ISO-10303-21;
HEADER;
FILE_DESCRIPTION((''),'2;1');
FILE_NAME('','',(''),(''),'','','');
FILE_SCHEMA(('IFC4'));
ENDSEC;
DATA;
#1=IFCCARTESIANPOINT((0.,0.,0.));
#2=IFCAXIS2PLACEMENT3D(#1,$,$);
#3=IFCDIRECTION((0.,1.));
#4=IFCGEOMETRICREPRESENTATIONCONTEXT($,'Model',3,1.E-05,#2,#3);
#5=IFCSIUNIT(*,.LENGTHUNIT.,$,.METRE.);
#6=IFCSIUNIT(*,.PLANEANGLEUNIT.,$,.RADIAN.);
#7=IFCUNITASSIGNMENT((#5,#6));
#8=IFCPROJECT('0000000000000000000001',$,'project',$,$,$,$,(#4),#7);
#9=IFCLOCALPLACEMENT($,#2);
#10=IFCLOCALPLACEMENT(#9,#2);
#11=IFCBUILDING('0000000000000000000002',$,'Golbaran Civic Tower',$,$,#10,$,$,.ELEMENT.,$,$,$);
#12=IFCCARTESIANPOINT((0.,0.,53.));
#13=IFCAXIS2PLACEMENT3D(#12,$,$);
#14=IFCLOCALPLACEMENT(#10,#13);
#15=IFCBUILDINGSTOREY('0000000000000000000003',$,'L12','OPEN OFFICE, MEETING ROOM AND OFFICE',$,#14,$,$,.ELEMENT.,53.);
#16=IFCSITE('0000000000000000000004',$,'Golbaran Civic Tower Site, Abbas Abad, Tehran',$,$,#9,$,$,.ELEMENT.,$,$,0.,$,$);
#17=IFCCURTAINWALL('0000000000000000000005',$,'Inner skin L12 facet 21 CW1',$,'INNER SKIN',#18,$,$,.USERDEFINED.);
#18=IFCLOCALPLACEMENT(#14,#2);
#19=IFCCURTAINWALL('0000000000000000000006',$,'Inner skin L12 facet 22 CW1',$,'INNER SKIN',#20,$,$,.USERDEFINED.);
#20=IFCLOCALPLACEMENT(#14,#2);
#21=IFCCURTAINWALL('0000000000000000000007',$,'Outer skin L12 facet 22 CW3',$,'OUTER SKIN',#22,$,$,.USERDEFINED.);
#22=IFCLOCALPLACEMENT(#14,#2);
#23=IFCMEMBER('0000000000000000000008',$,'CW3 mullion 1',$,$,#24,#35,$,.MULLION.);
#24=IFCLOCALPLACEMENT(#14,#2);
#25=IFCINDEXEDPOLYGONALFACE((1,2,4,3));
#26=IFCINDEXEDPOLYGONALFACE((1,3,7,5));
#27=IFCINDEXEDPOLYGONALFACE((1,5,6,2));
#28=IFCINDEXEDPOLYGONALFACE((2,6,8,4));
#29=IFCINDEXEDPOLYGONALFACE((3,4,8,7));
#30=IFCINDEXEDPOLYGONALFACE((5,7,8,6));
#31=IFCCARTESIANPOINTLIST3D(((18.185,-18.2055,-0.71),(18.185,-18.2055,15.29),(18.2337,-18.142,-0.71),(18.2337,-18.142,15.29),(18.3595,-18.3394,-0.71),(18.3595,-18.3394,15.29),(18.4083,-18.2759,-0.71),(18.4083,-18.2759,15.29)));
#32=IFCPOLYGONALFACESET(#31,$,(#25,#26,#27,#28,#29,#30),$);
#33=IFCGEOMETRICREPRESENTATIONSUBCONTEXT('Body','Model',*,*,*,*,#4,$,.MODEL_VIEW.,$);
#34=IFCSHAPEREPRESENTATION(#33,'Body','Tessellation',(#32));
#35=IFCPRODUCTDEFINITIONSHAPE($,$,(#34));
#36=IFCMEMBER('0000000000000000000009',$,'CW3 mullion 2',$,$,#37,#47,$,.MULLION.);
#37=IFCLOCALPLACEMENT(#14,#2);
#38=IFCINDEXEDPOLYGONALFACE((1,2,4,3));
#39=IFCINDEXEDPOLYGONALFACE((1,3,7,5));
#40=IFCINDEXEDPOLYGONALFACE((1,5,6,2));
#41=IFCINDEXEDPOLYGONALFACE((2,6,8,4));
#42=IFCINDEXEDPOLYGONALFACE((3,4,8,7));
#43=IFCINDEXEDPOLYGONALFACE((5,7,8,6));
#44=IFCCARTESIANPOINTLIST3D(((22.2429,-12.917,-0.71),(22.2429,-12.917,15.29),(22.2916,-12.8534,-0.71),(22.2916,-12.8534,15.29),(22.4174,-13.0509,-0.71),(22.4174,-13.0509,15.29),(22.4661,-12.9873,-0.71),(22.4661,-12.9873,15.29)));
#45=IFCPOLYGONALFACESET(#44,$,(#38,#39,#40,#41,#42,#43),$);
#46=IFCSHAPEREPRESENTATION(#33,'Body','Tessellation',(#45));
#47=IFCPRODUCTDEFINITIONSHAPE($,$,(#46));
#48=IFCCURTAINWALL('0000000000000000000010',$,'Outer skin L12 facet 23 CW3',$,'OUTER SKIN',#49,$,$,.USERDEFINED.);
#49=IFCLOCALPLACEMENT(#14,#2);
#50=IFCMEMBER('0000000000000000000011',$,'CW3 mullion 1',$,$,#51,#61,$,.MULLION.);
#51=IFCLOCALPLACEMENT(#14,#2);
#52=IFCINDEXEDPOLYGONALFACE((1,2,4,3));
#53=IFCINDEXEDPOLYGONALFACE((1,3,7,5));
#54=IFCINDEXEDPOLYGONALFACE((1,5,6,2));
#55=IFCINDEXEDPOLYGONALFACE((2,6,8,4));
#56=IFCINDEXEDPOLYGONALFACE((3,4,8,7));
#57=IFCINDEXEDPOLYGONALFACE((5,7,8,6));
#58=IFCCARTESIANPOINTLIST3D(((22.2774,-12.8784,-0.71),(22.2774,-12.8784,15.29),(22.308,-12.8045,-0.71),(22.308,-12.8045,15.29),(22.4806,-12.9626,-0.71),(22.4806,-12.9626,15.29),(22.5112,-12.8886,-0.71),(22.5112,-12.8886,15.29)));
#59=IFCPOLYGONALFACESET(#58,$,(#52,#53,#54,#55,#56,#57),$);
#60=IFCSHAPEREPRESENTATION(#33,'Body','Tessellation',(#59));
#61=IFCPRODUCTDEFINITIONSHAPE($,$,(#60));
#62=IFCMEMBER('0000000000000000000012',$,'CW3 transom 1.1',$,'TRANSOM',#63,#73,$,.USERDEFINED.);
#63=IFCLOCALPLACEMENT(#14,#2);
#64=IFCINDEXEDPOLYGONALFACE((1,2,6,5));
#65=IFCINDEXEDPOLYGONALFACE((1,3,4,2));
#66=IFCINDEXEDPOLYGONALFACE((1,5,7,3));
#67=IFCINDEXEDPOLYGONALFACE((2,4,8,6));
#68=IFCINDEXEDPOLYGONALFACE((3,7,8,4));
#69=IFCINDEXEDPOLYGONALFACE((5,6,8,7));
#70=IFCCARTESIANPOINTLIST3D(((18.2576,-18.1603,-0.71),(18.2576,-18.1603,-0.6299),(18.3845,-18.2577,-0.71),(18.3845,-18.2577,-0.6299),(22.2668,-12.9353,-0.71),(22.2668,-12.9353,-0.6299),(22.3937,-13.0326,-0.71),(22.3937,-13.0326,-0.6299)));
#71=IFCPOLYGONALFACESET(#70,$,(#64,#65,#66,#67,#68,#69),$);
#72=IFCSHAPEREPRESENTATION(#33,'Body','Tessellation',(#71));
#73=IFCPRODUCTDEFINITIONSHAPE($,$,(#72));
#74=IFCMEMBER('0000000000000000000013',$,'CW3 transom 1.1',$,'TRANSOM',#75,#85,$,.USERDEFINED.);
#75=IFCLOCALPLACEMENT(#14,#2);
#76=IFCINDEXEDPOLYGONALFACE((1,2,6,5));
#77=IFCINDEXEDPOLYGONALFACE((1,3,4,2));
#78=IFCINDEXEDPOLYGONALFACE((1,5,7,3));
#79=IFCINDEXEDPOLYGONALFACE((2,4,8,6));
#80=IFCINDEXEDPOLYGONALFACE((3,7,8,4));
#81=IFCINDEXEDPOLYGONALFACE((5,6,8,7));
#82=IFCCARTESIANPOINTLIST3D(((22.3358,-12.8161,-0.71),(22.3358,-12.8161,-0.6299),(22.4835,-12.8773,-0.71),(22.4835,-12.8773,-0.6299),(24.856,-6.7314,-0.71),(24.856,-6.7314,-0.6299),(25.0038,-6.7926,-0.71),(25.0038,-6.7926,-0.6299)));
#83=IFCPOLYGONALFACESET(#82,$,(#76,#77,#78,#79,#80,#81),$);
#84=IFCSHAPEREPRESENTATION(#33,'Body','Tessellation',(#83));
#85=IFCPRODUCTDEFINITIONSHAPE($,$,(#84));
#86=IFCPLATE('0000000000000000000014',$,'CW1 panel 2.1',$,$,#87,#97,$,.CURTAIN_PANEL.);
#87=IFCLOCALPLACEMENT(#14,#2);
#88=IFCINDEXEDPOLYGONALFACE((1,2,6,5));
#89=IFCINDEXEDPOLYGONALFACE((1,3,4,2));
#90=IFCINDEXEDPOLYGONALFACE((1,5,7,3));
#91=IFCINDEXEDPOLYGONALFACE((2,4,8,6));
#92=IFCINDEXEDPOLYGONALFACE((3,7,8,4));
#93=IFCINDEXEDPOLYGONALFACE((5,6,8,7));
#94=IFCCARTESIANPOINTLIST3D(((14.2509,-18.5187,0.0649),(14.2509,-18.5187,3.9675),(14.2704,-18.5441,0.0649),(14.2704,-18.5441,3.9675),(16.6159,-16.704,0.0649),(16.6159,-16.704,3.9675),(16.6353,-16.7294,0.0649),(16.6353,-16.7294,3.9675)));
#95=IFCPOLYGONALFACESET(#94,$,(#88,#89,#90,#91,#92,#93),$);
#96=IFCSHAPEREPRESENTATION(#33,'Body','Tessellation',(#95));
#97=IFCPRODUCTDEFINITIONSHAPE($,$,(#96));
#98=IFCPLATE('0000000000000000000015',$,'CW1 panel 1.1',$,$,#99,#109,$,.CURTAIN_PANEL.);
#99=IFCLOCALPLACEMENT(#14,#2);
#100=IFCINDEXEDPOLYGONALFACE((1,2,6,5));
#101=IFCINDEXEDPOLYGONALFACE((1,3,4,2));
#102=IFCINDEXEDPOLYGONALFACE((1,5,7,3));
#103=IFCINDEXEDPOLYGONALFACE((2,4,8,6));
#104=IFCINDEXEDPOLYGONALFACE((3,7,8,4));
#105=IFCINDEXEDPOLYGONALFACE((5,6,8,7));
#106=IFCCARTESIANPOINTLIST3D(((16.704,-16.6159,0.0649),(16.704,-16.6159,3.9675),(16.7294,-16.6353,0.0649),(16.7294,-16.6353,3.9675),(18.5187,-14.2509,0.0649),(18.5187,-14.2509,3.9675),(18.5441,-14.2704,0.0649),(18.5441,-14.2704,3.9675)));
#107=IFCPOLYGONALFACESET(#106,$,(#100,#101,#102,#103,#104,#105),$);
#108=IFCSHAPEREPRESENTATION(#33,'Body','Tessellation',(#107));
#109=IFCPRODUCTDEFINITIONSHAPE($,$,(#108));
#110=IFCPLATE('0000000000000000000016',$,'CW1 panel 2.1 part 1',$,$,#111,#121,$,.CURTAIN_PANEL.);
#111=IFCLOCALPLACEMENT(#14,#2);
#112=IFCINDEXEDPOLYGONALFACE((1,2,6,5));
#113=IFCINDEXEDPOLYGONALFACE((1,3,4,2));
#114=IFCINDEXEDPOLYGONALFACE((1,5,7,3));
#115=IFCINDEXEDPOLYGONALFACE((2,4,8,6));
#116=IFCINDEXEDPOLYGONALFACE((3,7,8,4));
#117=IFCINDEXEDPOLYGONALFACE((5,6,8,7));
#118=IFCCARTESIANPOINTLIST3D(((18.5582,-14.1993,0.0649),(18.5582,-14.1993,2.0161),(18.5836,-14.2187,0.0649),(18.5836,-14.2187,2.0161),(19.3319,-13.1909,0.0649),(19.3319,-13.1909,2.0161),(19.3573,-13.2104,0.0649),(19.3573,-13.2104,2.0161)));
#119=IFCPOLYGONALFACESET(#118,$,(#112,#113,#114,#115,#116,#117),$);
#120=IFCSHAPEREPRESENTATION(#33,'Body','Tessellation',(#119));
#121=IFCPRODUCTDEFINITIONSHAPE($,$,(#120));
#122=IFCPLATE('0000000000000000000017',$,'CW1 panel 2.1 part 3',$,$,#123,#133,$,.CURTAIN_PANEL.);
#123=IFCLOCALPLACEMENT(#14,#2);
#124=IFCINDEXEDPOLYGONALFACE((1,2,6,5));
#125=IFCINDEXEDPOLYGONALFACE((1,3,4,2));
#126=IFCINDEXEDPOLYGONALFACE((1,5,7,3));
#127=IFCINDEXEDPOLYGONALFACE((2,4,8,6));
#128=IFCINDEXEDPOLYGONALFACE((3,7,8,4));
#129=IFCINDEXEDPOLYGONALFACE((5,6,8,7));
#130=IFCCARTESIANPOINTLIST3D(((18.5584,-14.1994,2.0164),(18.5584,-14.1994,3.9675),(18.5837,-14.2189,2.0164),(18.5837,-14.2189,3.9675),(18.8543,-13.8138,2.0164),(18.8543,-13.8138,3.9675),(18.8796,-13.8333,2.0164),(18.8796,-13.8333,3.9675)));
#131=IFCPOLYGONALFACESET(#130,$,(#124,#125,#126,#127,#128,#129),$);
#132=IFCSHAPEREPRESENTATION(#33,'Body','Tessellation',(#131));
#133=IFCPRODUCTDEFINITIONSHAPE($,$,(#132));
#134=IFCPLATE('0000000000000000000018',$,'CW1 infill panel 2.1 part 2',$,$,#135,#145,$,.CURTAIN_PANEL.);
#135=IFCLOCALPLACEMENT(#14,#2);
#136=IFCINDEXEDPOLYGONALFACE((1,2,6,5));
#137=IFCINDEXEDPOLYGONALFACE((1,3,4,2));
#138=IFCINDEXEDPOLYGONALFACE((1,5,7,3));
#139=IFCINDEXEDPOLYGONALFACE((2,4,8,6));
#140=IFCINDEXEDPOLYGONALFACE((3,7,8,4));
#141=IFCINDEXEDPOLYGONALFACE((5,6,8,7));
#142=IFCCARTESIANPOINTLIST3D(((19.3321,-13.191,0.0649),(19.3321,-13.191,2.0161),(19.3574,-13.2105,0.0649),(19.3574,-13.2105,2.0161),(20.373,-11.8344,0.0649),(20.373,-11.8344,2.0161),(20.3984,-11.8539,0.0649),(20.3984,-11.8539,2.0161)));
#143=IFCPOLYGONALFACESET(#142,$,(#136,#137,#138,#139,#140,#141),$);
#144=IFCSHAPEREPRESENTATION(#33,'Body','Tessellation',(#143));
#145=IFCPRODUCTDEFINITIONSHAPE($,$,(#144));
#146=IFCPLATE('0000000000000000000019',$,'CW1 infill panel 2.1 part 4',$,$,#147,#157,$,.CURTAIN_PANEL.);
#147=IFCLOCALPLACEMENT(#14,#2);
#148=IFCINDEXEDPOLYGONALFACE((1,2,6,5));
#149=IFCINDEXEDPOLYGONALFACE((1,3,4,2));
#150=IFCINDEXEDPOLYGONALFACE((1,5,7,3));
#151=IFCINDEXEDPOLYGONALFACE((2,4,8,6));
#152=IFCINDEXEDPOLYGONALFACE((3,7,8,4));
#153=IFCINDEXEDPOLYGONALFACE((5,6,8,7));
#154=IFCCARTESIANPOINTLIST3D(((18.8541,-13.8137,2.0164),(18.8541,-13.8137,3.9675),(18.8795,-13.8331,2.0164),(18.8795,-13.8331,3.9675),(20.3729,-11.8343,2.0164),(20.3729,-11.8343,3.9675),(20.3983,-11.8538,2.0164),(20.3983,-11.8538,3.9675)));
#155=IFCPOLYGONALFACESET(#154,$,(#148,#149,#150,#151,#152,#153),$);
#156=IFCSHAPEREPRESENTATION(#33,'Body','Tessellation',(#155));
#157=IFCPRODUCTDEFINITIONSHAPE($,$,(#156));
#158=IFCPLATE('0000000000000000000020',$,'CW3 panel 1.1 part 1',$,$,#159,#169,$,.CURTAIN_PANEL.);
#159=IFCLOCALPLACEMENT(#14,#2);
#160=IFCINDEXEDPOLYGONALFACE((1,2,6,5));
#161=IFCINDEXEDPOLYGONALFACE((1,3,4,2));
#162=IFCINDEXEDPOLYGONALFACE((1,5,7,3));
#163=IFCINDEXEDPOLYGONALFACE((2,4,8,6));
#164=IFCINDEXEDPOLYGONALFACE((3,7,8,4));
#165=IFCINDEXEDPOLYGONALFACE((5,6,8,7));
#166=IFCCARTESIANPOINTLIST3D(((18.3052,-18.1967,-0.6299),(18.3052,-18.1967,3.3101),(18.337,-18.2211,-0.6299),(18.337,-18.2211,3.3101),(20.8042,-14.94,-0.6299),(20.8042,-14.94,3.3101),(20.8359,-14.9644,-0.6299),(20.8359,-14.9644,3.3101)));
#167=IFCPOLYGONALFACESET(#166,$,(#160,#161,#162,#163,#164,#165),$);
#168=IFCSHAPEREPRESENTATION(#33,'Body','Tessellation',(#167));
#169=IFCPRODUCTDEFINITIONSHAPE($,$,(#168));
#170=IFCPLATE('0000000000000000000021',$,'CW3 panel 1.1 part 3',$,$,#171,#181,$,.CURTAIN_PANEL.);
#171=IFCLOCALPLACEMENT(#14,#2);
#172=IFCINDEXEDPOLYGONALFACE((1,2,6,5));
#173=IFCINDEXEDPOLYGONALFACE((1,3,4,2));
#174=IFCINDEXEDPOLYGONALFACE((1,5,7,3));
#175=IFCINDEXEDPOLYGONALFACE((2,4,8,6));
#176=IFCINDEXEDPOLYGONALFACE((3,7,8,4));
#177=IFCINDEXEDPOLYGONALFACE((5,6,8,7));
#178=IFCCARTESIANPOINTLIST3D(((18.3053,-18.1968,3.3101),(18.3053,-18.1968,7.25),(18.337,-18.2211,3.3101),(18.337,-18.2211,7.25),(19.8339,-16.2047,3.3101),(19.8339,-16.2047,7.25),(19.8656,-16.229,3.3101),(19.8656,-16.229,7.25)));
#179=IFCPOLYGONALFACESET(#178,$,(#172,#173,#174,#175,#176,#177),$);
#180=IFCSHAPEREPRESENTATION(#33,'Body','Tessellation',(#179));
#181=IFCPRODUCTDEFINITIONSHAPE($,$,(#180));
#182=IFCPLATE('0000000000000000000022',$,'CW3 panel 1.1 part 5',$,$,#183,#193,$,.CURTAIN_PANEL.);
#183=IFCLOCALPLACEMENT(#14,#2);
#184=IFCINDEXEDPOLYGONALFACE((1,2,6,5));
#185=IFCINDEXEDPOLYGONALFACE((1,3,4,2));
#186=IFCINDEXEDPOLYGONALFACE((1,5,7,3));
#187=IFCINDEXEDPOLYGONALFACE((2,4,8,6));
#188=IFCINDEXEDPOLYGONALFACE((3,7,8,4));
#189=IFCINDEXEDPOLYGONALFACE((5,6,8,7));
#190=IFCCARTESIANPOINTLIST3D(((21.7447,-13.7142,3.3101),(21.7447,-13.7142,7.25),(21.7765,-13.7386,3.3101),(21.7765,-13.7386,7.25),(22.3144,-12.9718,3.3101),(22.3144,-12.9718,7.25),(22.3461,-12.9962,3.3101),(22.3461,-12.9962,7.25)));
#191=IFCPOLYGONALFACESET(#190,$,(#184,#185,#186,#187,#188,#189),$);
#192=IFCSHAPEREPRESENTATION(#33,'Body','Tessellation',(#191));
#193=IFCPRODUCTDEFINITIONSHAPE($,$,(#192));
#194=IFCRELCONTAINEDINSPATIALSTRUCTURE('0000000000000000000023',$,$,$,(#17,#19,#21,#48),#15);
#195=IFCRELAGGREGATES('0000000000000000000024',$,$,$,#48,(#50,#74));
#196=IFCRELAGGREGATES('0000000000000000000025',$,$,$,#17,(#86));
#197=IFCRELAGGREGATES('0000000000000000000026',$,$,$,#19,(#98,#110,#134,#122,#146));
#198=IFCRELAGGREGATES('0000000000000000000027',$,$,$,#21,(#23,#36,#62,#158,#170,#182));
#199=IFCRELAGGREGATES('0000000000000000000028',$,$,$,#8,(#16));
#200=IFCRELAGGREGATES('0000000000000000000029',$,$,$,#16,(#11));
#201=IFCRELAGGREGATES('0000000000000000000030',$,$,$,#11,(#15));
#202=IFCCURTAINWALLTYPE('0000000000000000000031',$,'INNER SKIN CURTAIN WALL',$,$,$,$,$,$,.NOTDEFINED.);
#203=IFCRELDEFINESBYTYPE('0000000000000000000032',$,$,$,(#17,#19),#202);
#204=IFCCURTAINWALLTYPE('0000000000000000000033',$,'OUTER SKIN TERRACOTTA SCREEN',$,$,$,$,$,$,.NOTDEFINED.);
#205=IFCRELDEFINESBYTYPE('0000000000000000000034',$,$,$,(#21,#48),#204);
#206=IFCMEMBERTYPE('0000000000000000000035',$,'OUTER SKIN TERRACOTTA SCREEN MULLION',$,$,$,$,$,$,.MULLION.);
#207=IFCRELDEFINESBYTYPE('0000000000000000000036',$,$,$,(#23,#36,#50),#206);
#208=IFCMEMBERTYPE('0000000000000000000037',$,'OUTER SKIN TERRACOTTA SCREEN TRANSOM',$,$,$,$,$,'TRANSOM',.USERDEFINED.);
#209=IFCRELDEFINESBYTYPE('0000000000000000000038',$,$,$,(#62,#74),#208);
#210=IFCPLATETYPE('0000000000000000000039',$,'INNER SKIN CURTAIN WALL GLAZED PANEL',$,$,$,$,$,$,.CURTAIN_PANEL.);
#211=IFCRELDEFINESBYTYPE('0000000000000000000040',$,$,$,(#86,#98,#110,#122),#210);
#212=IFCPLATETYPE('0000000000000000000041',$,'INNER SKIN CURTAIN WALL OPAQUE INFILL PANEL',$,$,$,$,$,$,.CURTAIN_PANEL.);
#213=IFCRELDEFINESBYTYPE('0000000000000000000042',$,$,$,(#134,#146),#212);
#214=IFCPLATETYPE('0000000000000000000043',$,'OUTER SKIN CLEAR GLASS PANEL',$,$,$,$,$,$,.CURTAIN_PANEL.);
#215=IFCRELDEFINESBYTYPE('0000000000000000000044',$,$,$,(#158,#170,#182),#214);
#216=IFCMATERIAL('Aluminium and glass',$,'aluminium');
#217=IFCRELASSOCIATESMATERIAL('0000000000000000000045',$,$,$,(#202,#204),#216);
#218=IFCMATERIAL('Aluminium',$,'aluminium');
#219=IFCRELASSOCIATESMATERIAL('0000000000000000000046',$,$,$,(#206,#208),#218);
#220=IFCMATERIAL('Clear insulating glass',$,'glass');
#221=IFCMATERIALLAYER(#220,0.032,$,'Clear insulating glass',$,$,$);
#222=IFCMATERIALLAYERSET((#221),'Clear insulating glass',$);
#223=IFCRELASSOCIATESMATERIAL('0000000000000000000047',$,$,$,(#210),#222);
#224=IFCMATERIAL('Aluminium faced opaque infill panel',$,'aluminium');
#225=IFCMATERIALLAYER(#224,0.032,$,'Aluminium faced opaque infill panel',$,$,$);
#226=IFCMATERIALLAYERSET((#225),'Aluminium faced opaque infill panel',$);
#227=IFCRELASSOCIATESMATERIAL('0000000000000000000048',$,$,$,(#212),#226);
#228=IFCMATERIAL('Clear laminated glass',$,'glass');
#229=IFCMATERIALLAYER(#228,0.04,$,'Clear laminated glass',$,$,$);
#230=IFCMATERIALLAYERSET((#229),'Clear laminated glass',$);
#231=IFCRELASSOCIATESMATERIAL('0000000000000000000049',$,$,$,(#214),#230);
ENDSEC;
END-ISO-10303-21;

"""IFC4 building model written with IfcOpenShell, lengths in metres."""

from ifc_helpers import new_model, si_unit, direction, frame, origin, origin_2d, place, context, subcontext, project, spatial, rectangle, extrude, material, layer, layer_set, material_profile, profile_set, type_object, element, aggregate, save


model = new_model("IFC4")

# Units and contexts
model_context = context("Model", 3, precision=1e-05, world=origin(), true_north=direction((0.0, 1.0)))
body_context = subcontext(model_context, "Body", "Model", "MODEL_VIEW")
ifc_project = project(units=[si_unit("LENGTHUNIT", "METRE"), si_unit("PLANEANGLEUNIT", "RADIAN")], contexts=[model_context])

# Site, building, storey
site_placement = place(None, origin())
site = spatial("IfcSite", under=ifc_project, at=site_placement, Name="Golbaran Civic Tower Site, Abbas Abad, Tehran", CompositionType="ELEMENT", RefElevation=0.0)
building_placement = place(site_placement, origin())
building = spatial("IfcBuilding", under=site, at=building_placement, Name="Golbaran Civic Tower", CompositionType="ELEMENT")
storey_placement = place(building_placement, frame((0.0, 0.0, 53.0)))
storey = spatial("IfcBuildingStorey", under=building, at=storey_placement, Name="L12", Description="OPEN OFFICE, MEETING ROOM AND OFFICE", CompositionType="ELEMENT", Elevation=53.0)

# Curtain wall
ifc_material_1 = material(Name="Aluminium and glass", Category="aluminium")
curtain_wall_type_1 = type_object("IfcCurtainWallType", Name="INNER SKIN CURTAIN WALL", PredefinedType="NOTDEFINED", material=ifc_material_1)
curtain_wall_1_placement = place(storey_placement, origin())
curtain_wall_1 = element("IfcCurtainWall", 1, at=curtain_wall_1_placement, inside=storey, type_object=curtain_wall_type_1, Name="Inner skin L12 facet 21 CW1", ObjectType="INNER SKIN", PredefinedType="USERDEFINED")
ifc_material_2 = material(Name="Aluminium", Category="aluminium")

# Curtain wall
curtain_wall_2_placement = place(storey_placement, origin())
curtain_wall_2 = element("IfcCurtainWall", 2, at=curtain_wall_2_placement, inside=storey, type_object=curtain_wall_type_1, Name="Inner skin L12 facet 22 CW1", ObjectType="INNER SKIN", PredefinedType="USERDEFINED")

# Shared definitions
curtain_wall_type_2 = type_object("IfcCurtainWallType", Name="OUTER SKIN TERRACOTTA SCREEN", PredefinedType="NOTDEFINED", material=ifc_material_1)
ifc_material_profile_1 = material_profile(ifc_material_2, rectangle(XDim=0.22, YDim=0.0801, at=origin_2d()), Name="OUTER SKIN TERRACOTTA SCREEN MULLION")
ifc_profile_set_1 = profile_set([ifc_material_profile_1], Name="Aluminium")
member_type_1 = type_object("IfcMemberType", Name="OUTER SKIN TERRACOTTA SCREEN MULLION", PredefinedType="MULLION", material=ifc_profile_set_1)

# Curtain wall, members
curtain_wall_3_placement = place(storey_placement, origin())
curtain_wall_3 = element("IfcCurtainWall", 3, at=curtain_wall_3_placement, inside=storey, type_object=curtain_wall_type_2, Name="Outer skin L12 facet 22 CW3", ObjectType="OUTER SKIN", PredefinedType="USERDEFINED")
member_1_placement = place(storey_placement, frame((18.2966, -18.2407, -0.71), z_axis=(0.0, 0.0, 1.0), x_axis=(-0.793353, 0.608761, 0.0)))
member_1 = element("IfcMember", 4, at=member_1_placement, type_object=member_type_1, Name="CW3 mullion 1", PredefinedType="MULLION", context=body_context, shape_type="SweptSolid", body=[
    extrude(rectangle(XDim=0.22, YDim=0.0801, at=origin_2d()), origin(), (0.0, 0.0, 1.0), 16.0),
])
member_2_placement = place(storey_placement, frame((22.3545, -12.9521, -0.71), z_axis=(0.0, 0.0, 1.0), x_axis=(-0.793353, 0.608761, 0.0)))
member_2 = element("IfcMember", 5, at=member_2_placement, type_object=member_type_1, Name="CW3 mullion 2", PredefinedType="MULLION", context=body_context, shape_type="SweptSolid", body=[
    extrude(rectangle(XDim=0.22, YDim=0.0801, at=origin_2d()), origin(), (0.0, 0.0, 1.0), 16.0),
])

# Curtain wall, member
curtain_wall_4_placement = place(storey_placement, origin())
curtain_wall_4 = element("IfcCurtainWall", 6, at=curtain_wall_4_placement, inside=storey, type_object=curtain_wall_type_2, Name="Outer skin L12 facet 23 CW3", ObjectType="OUTER SKIN", PredefinedType="USERDEFINED")
member_3_placement = place(storey_placement, frame((22.3943, -12.8835, -0.71), z_axis=(0.0, 0.0, 1.0), x_axis=(-0.92388, 0.382683, 0.0)))
member_3 = element("IfcMember", 7, at=member_3_placement, type_object=member_type_1, Name="CW3 mullion 1", PredefinedType="MULLION", context=body_context, shape_type="SweptSolid", body=[
    extrude(rectangle(XDim=0.22, YDim=0.0801, at=origin_2d()), origin(), (0.0, 0.0, 1.0), 16.0),
])

# Members
ifc_material_profile_2 = material_profile(ifc_material_2, rectangle(XDim=0.1599, YDim=0.0801, at=origin_2d()), Name="OUTER SKIN TERRACOTTA SCREEN TRANSOM")
ifc_profile_set_2 = profile_set([ifc_material_profile_2], Name="Aluminium")
member_type_2 = type_object("IfcMemberType", Name="OUTER SKIN TERRACOTTA SCREEN TRANSOM", ElementType="TRANSOM", PredefinedType="USERDEFINED", material=ifc_profile_set_2)
member_4_placement = place(storey_placement, frame((18.321, -18.209, -0.6699), z_axis=(0.608754, 0.793359, 0.0), x_axis=(-0.793359, 0.608754, 0.0)))
member_4 = element("IfcMember", 8, at=member_4_placement, type_object=member_type_2, Name="CW3 transom 1.1", ObjectType="TRANSOM", PredefinedType="USERDEFINED", context=body_context, shape_type="SweptSolid", body=[
    extrude(rectangle(XDim=0.1599, YDim=0.0801, at=origin_2d()), origin(), (0.0, 0.0, 1.0), 6.5859),
])
member_5_placement = place(storey_placement, frame((22.4097, -12.8467, -0.6699), z_axis=(0.382669, 0.923885, 0.0), x_axis=(-0.923885, 0.382669, 0.0)))
member_5 = element("IfcMember", 9, at=member_5_placement, type_object=member_type_2, Name="CW3 transom 1.1", ObjectType="TRANSOM", PredefinedType="USERDEFINED", context=body_context, shape_type="SweptSolid", body=[
    extrude(rectangle(XDim=0.1599, YDim=0.0801, at=origin_2d()), origin(), (0.0, 0.0, 1.0), 6.5859),
])
aggregate(curtain_wall_4, [member_3, member_5])

# Plates
ifc_material_3 = material(Name="Clear insulating glass", Category="glass")
ifc_layer_1 = layer(ifc_material_3, 0.032, Name="Clear insulating glass")
ifc_layer_set_1 = layer_set([ifc_layer_1], Name="Clear insulating glass")
plate_type_1 = type_object("IfcPlateType", Name="INNER SKIN CURTAIN WALL GLAZED PANEL", PredefinedType="CURTAIN_PANEL", material=ifc_layer_set_1)
plate_1_placement = place(storey_placement, frame((15.4431, -17.624, 0.0649), z_axis=(0.0, 0.0, 1.0), x_axis=(0.793353, 0.608761, 0.0)))
plate_1 = element("IfcPlate", 10, at=plate_1_placement, type_object=plate_type_1, Name="CW1 panel 2.1", PredefinedType="CURTAIN_PANEL", context=body_context, shape_type="SweptSolid", body=[
    extrude(rectangle(XDim=2.981, YDim=0.032, at=origin_2d()), origin(), (0.0, 0.0, 1.0), 3.9026),
])
aggregate(curtain_wall_1, [plate_1])
plate_2_placement = place(storey_placement, frame((17.624, -15.4431, 0.0649), z_axis=(0.0, 0.0, 1.0), x_axis=(0.608761, 0.793353, 0.0)))
plate_2 = element("IfcPlate", 11, at=plate_2_placement, type_object=plate_type_1, Name="CW1 panel 1.1", PredefinedType="CURTAIN_PANEL", context=body_context, shape_type="SweptSolid", body=[
    extrude(rectangle(XDim=2.981, YDim=0.032, at=origin_2d()), origin(), (0.0, 0.0, 1.0), 3.9026),
])
plate_3_placement = place(storey_placement, frame((18.9578, -13.7048, 0.0649), z_axis=(0.0, 0.0, 1.0), x_axis=(0.608761, 0.793353, 0.0)))
plate_3 = element("IfcPlate", 12, at=plate_3_placement, type_object=plate_type_1, Name="CW1 panel 2.1 part 1", PredefinedType="CURTAIN_PANEL", context=body_context, shape_type="SweptSolid", body=[
    extrude(rectangle(XDim=1.271, YDim=0.032, at=origin_2d()), origin(), (0.0, 0.0, 1.0), 1.9512),
])
plate_4_placement = place(storey_placement, frame((18.719, -14.0164, 2.0164), z_axis=(0.0, 0.0, 1.0), x_axis=(0.608761, 0.793353, 0.0)))
plate_4 = element("IfcPlate", 13, at=plate_4_placement, type_object=plate_type_1, Name="CW1 panel 2.1 part 3", PredefinedType="CURTAIN_PANEL", context=body_context, shape_type="SweptSolid", body=[
    extrude(rectangle(XDim=0.4861, YDim=0.032, at=origin_2d()), origin(), (0.0, 0.0, 1.0), 1.9512),
])
ifc_material_4 = material(Name="Aluminium faced opaque infill panel", Category="aluminium")
ifc_layer_2 = layer(ifc_material_4, 0.032, Name="Aluminium faced opaque infill panel")
ifc_layer_set_2 = layer_set([ifc_layer_2], Name="Aluminium faced opaque infill panel")
plate_type_2 = type_object("IfcPlateType", Name="INNER SKIN CURTAIN WALL OPAQUE INFILL PANEL", PredefinedType="CURTAIN_PANEL", material=ifc_layer_set_2)
plate_5_placement = place(storey_placement, frame((19.8652, -12.5225, 0.0649), z_axis=(0.0, 0.0, 1.0), x_axis=(0.608761, 0.793353, 0.0)))
plate_5 = element("IfcPlate", 14, at=plate_5_placement, type_object=plate_type_2, Name="CW1 infill panel 2.1 part 2", PredefinedType="CURTAIN_PANEL", context=body_context, shape_type="SweptSolid", body=[
    extrude(rectangle(XDim=1.71, YDim=0.032, at=origin_2d()), origin(), (0.0, 0.0, 1.0), 1.9512),
])
plate_6_placement = place(storey_placement, frame((19.6262, -12.8337, 2.0164), z_axis=(0.0, 0.0, 1.0), x_axis=(0.608761, 0.793353, 0.0)))
plate_6 = element("IfcPlate", 15, at=plate_6_placement, type_object=plate_type_2, Name="CW1 infill panel 2.1 part 4", PredefinedType="CURTAIN_PANEL", context=body_context, shape_type="SweptSolid", body=[
    extrude(rectangle(XDim=2.4949, YDim=0.032, at=origin_2d()), origin(), (0.0, 0.0, 1.0), 1.9512),
])
aggregate(curtain_wall_2, [plate_2, plate_3, plate_5, plate_4, plate_6])
ifc_material_5 = material(Name="Clear laminated glass", Category="glass")
ifc_layer_3 = layer(ifc_material_5, 0.04, Name="Clear laminated glass")
ifc_layer_set_3 = layer_set([ifc_layer_3], Name="Clear laminated glass")
plate_type_3 = type_object("IfcPlateType", Name="OUTER SKIN CLEAR GLASS PANEL", PredefinedType="CURTAIN_PANEL", material=ifc_layer_set_3)
plate_7_placement = place(storey_placement, frame((19.5706, -16.5806, -0.6299), z_axis=(0.0, 0.0, 1.0), x_axis=(0.608761, 0.793353, 0.0)))
plate_7 = element("IfcPlate", 16, at=plate_7_placement, type_object=plate_type_3, Name="CW3 panel 1.1 part 1", PredefinedType="CURTAIN_PANEL", context=body_context, shape_type="SweptSolid", body=[
    extrude(rectangle(XDim=4.105, YDim=0.04, at=origin_2d()), origin(), (0.0, 0.0, 1.0), 3.9399),
])
plate_8_placement = place(storey_placement, frame((19.0854, -17.2129, 3.3101), z_axis=(0.0, 0.0, 1.0), x_axis=(0.608761, 0.793353, 0.0)))
plate_8 = element("IfcPlate", 17, at=plate_8_placement, type_object=plate_type_3, Name="CW3 panel 1.1 part 3", PredefinedType="CURTAIN_PANEL", context=body_context, shape_type="SweptSolid", body=[
    extrude(rectangle(XDim=2.511, YDim=0.04, at=origin_2d()), origin(), (0.0, 0.0, 1.0), 3.9399),
])
plate_9_placement = place(storey_placement, frame((22.0454, -13.3552, 3.3101), z_axis=(0.0, 0.0, 1.0), x_axis=(0.608761, 0.793353, 0.0)))
plate_9 = element("IfcPlate", 18, at=plate_9_placement, type_object=plate_type_3, Name="CW3 panel 1.1 part 5", PredefinedType="CURTAIN_PANEL", context=body_context, shape_type="SweptSolid", body=[
    extrude(rectangle(XDim=0.9358, YDim=0.04, at=origin_2d()), origin(), (0.0, 0.0, 1.0), 3.9399),
])
aggregate(curtain_wall_3, [member_1, member_2, member_4, plate_7, plate_8, plate_9])

save(model, "model.ifc")
